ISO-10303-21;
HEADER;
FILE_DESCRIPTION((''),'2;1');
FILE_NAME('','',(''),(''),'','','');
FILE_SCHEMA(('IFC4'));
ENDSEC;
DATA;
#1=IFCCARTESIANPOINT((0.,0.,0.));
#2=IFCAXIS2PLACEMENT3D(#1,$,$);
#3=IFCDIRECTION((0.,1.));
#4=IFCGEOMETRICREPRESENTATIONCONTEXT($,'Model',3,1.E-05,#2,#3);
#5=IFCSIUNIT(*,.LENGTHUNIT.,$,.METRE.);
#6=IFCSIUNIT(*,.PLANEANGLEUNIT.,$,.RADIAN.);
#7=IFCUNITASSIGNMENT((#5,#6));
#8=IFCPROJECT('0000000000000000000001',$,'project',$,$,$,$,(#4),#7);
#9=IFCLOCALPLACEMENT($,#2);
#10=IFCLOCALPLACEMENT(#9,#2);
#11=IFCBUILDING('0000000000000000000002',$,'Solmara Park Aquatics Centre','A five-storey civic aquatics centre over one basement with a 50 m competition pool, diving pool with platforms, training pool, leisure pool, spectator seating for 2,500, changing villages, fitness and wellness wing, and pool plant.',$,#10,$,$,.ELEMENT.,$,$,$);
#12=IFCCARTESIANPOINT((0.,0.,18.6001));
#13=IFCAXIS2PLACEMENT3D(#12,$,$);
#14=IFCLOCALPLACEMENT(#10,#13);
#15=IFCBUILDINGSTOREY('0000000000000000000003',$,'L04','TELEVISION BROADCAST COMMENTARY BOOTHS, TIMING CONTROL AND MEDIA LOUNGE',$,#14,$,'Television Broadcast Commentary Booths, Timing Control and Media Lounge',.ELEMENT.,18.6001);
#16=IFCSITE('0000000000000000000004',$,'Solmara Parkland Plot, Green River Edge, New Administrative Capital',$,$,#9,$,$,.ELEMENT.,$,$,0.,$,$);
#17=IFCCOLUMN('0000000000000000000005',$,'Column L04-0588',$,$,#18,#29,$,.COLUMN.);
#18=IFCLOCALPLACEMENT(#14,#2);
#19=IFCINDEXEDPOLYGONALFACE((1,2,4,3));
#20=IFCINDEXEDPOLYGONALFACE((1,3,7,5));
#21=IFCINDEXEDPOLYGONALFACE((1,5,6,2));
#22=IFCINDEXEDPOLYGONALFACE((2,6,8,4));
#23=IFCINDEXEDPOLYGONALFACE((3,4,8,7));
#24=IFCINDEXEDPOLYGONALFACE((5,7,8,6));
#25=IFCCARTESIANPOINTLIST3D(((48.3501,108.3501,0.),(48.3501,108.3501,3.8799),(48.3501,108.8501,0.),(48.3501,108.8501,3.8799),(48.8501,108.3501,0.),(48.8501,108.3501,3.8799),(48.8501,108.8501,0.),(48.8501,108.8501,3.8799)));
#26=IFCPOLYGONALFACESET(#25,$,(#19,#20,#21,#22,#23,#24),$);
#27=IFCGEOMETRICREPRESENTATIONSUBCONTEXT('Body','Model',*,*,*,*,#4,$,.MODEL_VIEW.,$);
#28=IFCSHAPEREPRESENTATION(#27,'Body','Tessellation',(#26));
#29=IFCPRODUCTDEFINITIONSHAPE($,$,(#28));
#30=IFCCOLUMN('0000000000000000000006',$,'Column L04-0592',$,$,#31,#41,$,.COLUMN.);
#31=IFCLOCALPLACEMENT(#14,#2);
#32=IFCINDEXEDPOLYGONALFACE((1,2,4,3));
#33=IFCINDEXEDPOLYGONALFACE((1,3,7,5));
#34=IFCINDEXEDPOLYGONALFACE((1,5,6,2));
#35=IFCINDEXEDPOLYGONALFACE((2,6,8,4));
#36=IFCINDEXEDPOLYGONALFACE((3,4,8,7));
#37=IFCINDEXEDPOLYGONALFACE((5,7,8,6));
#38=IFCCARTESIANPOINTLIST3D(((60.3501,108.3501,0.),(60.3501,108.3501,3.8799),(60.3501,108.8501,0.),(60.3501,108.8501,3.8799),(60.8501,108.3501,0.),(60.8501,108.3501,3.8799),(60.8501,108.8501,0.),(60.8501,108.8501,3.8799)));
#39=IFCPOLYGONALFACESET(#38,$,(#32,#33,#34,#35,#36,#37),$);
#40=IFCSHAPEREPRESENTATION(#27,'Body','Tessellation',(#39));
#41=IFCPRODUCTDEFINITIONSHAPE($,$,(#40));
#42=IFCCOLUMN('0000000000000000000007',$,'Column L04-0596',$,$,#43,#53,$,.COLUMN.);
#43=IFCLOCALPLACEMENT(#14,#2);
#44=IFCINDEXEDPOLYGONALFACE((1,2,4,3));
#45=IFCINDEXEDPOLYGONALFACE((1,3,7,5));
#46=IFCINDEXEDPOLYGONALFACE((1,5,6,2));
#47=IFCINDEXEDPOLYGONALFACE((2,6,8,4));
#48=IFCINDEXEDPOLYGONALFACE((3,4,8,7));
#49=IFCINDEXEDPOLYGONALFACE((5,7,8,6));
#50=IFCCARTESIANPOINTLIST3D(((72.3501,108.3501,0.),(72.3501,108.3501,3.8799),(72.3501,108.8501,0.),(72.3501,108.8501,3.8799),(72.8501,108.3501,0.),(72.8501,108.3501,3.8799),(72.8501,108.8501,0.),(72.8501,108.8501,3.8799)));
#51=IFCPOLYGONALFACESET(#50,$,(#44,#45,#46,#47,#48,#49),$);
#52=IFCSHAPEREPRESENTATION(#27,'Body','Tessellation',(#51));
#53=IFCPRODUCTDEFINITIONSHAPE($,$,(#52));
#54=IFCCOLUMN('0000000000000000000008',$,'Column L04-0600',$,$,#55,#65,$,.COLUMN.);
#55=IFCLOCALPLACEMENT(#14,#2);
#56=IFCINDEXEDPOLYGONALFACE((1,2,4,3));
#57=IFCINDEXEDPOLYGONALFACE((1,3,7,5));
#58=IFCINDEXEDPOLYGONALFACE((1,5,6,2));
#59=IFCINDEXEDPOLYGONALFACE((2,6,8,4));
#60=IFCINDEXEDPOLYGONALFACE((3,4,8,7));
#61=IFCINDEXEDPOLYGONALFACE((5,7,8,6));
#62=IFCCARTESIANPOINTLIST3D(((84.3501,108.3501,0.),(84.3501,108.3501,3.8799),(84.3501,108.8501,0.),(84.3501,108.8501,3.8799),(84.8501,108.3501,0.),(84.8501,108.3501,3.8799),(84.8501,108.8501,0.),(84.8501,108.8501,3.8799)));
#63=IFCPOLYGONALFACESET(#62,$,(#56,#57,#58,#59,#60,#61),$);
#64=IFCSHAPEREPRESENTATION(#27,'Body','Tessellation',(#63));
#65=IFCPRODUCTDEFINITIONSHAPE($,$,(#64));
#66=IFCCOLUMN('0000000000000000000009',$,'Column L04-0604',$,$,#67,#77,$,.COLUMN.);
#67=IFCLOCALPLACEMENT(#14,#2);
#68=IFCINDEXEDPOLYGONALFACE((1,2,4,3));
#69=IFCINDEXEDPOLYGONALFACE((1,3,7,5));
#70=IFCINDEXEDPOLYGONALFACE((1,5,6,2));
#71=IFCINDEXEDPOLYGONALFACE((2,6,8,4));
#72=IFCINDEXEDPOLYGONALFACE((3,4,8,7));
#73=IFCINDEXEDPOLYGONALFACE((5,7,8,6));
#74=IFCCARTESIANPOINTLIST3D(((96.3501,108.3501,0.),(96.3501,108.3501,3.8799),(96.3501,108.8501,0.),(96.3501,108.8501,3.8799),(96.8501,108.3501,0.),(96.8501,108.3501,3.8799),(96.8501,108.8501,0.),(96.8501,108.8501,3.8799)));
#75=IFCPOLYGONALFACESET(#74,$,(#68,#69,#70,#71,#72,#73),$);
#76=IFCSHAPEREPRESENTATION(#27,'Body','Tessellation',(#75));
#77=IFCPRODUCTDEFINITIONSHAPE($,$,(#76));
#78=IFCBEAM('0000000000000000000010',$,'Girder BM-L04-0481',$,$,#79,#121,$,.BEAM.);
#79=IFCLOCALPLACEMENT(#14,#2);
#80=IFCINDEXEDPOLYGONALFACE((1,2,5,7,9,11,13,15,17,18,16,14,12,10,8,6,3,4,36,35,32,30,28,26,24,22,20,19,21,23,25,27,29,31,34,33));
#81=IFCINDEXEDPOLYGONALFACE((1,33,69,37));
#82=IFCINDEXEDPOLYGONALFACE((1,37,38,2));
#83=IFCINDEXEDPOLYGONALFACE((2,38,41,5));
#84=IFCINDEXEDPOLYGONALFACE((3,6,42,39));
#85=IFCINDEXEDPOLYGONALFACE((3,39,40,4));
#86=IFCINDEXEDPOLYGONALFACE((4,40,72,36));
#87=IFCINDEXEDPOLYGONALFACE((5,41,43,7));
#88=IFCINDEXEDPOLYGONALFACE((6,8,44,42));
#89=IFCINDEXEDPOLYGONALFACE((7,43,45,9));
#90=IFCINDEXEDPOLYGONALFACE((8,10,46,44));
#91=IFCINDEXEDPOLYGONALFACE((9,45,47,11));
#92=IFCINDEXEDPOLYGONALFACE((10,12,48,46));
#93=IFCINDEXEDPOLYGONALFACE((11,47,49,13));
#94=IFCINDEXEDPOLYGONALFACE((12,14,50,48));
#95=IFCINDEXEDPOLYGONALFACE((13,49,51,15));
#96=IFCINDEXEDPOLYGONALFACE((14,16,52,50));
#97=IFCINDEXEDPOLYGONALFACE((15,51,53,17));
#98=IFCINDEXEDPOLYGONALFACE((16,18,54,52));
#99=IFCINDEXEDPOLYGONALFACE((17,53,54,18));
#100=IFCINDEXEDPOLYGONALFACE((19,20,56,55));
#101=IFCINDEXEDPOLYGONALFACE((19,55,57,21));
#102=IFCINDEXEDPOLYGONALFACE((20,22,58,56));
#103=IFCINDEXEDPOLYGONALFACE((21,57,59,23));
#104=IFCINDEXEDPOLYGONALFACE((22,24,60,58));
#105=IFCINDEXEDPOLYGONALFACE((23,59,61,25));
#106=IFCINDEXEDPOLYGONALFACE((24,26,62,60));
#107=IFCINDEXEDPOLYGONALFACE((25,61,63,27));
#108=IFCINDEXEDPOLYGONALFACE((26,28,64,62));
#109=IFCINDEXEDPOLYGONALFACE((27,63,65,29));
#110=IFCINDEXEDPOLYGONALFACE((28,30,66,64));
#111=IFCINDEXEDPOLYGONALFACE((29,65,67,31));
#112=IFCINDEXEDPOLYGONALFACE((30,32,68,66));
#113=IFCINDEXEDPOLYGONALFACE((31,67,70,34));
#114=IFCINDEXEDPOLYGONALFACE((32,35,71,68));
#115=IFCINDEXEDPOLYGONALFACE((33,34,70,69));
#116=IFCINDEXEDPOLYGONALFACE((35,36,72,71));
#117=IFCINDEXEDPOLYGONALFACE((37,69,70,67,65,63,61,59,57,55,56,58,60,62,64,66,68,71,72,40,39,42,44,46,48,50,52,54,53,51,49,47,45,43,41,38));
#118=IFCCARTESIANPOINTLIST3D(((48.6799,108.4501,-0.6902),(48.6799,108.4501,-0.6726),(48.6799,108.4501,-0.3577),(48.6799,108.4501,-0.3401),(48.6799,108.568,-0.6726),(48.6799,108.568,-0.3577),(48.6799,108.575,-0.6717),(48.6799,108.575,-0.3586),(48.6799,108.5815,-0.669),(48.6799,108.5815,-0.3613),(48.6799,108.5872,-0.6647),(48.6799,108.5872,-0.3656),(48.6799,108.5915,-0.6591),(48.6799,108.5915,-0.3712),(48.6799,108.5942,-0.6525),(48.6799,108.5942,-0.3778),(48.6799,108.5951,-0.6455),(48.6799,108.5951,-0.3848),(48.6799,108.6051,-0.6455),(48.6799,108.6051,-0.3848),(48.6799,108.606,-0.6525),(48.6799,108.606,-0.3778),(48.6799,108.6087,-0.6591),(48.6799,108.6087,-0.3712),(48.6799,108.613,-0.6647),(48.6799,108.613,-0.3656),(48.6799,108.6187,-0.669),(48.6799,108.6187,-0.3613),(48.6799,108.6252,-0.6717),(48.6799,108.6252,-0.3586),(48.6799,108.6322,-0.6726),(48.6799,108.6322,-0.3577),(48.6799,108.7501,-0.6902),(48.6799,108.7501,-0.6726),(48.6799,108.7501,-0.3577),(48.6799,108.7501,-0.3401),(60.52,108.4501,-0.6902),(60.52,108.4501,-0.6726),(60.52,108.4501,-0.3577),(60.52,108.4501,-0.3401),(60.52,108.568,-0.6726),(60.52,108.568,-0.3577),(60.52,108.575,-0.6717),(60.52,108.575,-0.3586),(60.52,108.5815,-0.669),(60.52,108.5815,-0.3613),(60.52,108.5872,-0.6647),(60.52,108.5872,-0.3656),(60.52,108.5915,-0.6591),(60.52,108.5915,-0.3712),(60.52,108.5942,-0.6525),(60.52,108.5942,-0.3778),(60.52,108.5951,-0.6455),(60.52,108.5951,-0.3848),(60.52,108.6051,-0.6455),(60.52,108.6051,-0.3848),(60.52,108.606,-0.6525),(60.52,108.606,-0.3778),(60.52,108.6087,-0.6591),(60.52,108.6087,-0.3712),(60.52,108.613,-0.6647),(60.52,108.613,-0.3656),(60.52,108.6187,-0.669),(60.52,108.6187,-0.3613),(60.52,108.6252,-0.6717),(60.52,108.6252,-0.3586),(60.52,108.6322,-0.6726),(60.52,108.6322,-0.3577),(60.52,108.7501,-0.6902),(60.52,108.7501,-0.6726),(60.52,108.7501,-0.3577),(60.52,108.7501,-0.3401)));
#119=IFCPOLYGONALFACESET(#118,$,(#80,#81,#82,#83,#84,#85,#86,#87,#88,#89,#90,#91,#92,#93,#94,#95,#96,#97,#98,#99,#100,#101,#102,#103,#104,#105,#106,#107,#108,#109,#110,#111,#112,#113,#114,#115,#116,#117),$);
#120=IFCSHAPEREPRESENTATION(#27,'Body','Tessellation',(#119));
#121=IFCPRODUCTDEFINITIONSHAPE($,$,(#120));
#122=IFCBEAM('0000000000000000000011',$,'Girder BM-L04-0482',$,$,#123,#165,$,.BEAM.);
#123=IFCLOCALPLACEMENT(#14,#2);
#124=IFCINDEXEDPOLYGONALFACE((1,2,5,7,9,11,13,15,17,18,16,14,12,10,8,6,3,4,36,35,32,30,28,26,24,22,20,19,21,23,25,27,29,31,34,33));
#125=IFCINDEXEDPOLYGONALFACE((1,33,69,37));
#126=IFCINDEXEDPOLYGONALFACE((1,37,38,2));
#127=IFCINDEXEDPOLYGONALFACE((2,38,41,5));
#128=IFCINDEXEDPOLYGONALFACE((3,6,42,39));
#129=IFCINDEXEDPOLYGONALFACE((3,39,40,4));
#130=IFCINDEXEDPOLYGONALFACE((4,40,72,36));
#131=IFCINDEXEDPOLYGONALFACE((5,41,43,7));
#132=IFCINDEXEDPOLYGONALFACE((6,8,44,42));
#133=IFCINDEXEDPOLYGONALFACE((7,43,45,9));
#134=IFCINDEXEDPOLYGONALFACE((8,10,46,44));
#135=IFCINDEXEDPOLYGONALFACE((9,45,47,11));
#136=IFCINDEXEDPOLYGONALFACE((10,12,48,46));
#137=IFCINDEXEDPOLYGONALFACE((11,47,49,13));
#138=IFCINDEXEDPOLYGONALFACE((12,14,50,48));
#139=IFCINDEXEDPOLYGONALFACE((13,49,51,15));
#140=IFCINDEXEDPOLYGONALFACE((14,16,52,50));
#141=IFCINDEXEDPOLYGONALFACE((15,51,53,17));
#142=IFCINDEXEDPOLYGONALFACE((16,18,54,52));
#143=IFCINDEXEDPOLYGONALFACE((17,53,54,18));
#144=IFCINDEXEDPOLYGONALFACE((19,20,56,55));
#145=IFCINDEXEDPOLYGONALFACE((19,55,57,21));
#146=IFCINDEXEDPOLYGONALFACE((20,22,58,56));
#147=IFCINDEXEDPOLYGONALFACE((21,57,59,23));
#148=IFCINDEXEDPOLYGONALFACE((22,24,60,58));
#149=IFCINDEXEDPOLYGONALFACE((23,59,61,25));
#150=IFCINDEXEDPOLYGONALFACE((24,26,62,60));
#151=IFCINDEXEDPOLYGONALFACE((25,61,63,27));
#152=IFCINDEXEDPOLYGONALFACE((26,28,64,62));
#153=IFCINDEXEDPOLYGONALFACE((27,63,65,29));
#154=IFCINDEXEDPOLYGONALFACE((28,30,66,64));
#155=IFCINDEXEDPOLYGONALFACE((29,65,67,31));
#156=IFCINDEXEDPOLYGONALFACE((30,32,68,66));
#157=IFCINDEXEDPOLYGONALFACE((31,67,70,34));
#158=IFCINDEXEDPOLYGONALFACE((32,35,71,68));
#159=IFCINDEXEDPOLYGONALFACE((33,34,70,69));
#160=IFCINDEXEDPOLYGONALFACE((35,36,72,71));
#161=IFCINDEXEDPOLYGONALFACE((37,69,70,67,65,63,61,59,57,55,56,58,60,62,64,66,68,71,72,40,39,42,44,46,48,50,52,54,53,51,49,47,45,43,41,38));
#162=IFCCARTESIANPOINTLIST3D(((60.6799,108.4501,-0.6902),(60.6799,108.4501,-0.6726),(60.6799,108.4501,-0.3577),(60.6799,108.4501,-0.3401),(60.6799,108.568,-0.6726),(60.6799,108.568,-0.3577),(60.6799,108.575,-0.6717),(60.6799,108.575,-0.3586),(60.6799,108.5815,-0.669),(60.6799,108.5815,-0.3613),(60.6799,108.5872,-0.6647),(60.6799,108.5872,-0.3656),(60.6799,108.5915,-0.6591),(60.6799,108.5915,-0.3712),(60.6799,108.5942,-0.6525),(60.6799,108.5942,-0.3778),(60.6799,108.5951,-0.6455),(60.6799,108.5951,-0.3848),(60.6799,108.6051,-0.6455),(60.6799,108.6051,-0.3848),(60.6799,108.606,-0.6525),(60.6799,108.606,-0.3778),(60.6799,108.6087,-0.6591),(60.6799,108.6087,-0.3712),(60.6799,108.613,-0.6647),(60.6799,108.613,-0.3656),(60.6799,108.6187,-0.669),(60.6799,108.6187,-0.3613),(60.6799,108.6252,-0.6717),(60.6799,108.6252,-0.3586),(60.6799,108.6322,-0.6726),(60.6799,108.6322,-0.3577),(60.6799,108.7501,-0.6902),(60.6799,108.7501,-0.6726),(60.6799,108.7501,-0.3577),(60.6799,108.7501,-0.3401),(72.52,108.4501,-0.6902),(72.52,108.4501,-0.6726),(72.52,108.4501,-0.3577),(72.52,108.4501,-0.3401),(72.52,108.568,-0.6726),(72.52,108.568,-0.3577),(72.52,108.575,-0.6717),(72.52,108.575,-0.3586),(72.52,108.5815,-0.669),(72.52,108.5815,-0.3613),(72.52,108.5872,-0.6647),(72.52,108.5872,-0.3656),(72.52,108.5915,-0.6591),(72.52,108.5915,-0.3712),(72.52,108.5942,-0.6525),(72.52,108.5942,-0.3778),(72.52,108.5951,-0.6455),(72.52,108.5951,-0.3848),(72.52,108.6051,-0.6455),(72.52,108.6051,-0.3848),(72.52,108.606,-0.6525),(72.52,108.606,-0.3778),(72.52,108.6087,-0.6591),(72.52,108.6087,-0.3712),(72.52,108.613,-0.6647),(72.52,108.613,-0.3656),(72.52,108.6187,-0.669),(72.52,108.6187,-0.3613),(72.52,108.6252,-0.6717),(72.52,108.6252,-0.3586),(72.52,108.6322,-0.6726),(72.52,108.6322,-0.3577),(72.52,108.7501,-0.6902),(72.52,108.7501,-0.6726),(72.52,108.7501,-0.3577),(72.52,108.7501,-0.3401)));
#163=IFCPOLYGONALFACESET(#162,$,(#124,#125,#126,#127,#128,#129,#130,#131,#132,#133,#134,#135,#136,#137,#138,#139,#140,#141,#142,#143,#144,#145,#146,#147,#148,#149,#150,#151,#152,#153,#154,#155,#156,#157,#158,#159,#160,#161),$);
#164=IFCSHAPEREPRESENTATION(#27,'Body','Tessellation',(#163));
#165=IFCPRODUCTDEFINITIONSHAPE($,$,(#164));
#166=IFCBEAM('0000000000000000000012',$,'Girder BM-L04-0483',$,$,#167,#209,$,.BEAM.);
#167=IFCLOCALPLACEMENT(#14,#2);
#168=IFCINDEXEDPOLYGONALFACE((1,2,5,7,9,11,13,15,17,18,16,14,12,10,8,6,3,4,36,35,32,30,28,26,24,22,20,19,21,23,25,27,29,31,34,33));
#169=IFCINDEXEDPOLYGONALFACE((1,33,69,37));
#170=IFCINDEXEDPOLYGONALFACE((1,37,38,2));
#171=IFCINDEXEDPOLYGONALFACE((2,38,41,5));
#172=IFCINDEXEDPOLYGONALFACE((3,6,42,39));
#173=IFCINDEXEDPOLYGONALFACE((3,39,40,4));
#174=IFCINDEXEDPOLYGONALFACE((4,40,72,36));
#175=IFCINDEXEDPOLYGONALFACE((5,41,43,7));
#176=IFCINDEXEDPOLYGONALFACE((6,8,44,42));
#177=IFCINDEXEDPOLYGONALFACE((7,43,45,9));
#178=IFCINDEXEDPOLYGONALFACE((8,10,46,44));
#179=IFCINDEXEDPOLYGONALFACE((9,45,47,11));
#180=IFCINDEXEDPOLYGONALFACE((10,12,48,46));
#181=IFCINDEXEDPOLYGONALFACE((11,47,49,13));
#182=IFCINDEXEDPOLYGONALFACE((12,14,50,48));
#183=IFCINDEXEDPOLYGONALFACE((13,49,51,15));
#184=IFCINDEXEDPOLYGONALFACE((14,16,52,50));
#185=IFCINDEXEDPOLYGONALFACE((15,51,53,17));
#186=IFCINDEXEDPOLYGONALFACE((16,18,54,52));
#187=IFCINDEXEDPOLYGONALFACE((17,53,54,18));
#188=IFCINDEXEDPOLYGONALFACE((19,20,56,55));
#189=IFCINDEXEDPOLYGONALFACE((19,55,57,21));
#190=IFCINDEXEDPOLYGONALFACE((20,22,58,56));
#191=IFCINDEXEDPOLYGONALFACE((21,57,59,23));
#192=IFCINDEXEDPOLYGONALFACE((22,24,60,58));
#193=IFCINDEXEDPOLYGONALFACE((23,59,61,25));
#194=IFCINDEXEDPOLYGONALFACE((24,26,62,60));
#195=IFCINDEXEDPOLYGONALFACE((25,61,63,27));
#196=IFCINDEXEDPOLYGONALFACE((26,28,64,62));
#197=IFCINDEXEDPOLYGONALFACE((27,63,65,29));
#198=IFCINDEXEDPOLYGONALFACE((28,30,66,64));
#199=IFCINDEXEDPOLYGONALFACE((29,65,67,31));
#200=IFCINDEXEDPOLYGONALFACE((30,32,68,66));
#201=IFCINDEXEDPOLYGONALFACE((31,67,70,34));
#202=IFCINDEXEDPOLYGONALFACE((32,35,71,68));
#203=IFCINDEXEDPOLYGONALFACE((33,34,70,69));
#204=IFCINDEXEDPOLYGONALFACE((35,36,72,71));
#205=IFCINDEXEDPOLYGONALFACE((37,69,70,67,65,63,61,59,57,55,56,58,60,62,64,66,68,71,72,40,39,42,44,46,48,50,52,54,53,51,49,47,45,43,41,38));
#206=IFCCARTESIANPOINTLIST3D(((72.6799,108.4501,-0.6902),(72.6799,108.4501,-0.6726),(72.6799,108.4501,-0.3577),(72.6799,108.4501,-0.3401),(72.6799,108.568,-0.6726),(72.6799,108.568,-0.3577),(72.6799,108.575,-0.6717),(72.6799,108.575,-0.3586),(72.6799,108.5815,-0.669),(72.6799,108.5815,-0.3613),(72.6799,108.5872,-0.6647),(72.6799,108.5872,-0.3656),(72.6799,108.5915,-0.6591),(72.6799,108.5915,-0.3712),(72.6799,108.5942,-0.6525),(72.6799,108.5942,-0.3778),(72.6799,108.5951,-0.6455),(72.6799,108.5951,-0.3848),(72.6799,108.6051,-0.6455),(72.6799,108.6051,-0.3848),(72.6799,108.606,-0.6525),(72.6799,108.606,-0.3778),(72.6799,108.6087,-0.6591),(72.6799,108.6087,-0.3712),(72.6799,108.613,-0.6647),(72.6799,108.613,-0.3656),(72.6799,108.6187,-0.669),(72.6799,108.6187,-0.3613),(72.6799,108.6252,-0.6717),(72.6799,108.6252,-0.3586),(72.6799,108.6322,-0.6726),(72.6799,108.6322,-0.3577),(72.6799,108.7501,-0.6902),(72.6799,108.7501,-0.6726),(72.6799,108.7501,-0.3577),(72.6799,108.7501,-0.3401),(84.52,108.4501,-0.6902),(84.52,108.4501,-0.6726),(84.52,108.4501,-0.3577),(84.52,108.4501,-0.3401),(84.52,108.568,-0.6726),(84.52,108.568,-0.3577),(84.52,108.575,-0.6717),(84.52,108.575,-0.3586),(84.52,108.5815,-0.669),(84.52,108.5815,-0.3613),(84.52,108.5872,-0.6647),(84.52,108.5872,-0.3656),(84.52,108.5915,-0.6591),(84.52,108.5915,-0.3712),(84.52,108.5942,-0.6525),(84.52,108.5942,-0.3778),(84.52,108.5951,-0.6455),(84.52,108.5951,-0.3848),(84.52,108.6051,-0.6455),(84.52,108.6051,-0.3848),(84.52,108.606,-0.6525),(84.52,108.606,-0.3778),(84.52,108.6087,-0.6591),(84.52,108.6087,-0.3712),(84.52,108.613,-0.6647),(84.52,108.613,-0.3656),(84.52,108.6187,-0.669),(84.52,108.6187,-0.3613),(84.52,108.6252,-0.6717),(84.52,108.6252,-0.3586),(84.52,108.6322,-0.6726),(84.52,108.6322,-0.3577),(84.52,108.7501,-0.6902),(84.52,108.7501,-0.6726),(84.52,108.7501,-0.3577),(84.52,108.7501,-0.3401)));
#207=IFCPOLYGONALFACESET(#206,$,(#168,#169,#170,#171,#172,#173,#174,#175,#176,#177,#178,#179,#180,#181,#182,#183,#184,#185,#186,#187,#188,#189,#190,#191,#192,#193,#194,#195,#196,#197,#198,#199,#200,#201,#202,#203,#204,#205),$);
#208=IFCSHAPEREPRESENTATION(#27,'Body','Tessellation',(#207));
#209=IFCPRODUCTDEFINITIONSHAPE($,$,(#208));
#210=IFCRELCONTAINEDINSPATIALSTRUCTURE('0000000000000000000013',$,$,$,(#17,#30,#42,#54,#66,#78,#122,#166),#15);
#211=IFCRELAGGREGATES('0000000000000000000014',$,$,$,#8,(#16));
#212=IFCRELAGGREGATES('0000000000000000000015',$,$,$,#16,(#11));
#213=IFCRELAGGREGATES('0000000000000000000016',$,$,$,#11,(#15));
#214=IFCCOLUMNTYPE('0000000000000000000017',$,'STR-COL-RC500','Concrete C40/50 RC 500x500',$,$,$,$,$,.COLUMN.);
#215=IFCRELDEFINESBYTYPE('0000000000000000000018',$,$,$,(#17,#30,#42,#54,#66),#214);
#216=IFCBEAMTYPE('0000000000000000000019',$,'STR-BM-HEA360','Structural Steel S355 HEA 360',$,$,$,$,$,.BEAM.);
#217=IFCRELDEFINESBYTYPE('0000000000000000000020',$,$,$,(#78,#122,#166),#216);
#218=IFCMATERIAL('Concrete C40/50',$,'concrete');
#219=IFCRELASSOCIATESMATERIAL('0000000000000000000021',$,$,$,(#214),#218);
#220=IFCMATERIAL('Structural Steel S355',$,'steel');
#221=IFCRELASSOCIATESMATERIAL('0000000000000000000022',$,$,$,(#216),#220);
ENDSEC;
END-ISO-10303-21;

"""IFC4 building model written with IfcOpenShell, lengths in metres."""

from ifc_helpers import new_model, si_unit, direction, frame, origin, origin_2d, place, context, subcontext, project, spatial, rectangle, i_section, extrude, material, material_profile, profile_set, type_object, element, save


model = new_model("IFC4")

# Units and contexts
model_context = context("Model", 3, precision=1e-05, world=origin(), true_north=direction((0.0, 1.0)))
body_context = subcontext(model_context, "Body", "Model", "MODEL_VIEW")
ifc_project = project(units=[si_unit("LENGTHUNIT", "METRE"), si_unit("PLANEANGLEUNIT", "RADIAN")], contexts=[model_context])

# Site, building, storey
site_placement = place(None, origin())
site = spatial("IfcSite", under=ifc_project, at=site_placement, Name="Solmara Parkland Plot, Green River Edge, New Administrative Capital", CompositionType="ELEMENT", RefElevation=0.0)
building_placement = place(site_placement, origin())
building = spatial("IfcBuilding", under=site, at=building_placement, Name="Solmara Park Aquatics Centre", Description="A five-storey civic aquatics centre over one basement with a 50 m competition pool, diving pool with platforms, training pool, leisure pool, spectator seating for 2,500, changing villages, fitness and wellness wing, and pool plant.", CompositionType="ELEMENT")
storey_placement = place(building_placement, frame((0.0, 0.0, 18.6001)))
storey = spatial("IfcBuildingStorey", under=building, at=storey_placement, Name="L04", Description="TELEVISION BROADCAST COMMENTARY BOOTHS, TIMING CONTROL AND MEDIA LOUNGE", LongName="Television Broadcast Commentary Booths, Timing Control and Media Lounge", CompositionType="ELEMENT", Elevation=18.6001)

# Columns
ifc_material_1 = material(Name="Concrete C40/50", Category="concrete")
ifc_material_profile_1 = material_profile(ifc_material_1, rectangle(XDim=0.5, YDim=0.5, at=origin_2d()), Name="RC 500x500")
ifc_profile_set_1 = profile_set([ifc_material_profile_1], Name="Concrete C40/50")
column_type = type_object("IfcColumnType", Name="STR-COL-RC500", Description="Concrete C40/50 RC 500x500", PredefinedType="COLUMN", material=ifc_profile_set_1)
for number, where, z_axis, x_axis, name in (
    (1, (48.6001, 108.6001, 0.0), (0.0, 0.0, 1.0), (1.0, 0.0, 0.0), "Column L04-0588"),
    (2, (60.6001, 108.6001, 0.0), (0.0, 0.0, 1.0), (1.0, 0.0, 0.0), "Column L04-0592"),
    (3, (72.6001, 108.6001, 0.0), (0.0, 0.0, 1.0), (1.0, 0.0, 0.0), "Column L04-0596"),
    (4, (84.6001, 108.6001, 0.0), (0.0, 0.0, 1.0), (1.0, 0.0, 0.0), "Column L04-0600"),
    (5, (96.6001, 108.6001, 0.0), (0.0, 0.0, 1.0), (1.0, 0.0, 0.0), "Column L04-0604"),
):
    element("IfcColumn", number, at=place(storey_placement, frame(where, z_axis=z_axis, x_axis=x_axis)), inside=storey, type_object=column_type, Name=name, PredefinedType="COLUMN", context=body_context, shape_type="SweptSolid", body=[
        extrude(rectangle(XDim=0.5, YDim=0.5, at=origin_2d()), origin(), (0.0, 0.0, 1.0), 3.8799),
    ])

# Beams
ifc_material_2 = material(Name="Structural Steel S355", Category="steel")
ifc_material_profile_2 = material_profile(ifc_material_2, i_section(OverallWidth=0.3, OverallDepth=0.3501, WebThickness=0.01, FlangeThickness=0.0176, FilletRadius=0.0271, at=origin_2d()), Name="HEA 360")
ifc_profile_set_2 = profile_set([ifc_material_profile_2], Name="Structural Steel S355")
beam_type_1 = type_object("IfcBeamType", Name="STR-BM-HEA360", Description="Structural Steel S355 HEA 360", PredefinedType="BEAM", material=ifc_profile_set_2)
for number, where, z_axis, x_axis, name in (
    (6, (48.6799, 108.6001, -0.5151), (1.0, 0.0, 0.0), (0.0, 1.0, 0.0), "Girder BM-L04-0481"),
    (7, (60.6799, 108.6001, -0.5151), (1.0, 0.0, 0.0), (0.0, 1.0, 0.0), "Girder BM-L04-0482"),
    (8, (72.6799, 108.6001, -0.5151), (1.0, 0.0, 0.0), (0.0, 1.0, 0.0), "Girder BM-L04-0483"),
):
    element("IfcBeam", number, at=place(storey_placement, frame(where, z_axis=z_axis, x_axis=x_axis)), inside=storey, type_object=beam_type_1, Name=name, PredefinedType="BEAM", context=body_context, shape_type="SweptSolid", body=[
        extrude(i_section(OverallWidth=0.3, OverallDepth=0.3501, WebThickness=0.01, FlangeThickness=0.0176, FilletRadius=0.0271, at=origin_2d()), origin(), (0.0, 0.0, 1.0), 11.8401),
    ])

save(model, "model.ifc")
